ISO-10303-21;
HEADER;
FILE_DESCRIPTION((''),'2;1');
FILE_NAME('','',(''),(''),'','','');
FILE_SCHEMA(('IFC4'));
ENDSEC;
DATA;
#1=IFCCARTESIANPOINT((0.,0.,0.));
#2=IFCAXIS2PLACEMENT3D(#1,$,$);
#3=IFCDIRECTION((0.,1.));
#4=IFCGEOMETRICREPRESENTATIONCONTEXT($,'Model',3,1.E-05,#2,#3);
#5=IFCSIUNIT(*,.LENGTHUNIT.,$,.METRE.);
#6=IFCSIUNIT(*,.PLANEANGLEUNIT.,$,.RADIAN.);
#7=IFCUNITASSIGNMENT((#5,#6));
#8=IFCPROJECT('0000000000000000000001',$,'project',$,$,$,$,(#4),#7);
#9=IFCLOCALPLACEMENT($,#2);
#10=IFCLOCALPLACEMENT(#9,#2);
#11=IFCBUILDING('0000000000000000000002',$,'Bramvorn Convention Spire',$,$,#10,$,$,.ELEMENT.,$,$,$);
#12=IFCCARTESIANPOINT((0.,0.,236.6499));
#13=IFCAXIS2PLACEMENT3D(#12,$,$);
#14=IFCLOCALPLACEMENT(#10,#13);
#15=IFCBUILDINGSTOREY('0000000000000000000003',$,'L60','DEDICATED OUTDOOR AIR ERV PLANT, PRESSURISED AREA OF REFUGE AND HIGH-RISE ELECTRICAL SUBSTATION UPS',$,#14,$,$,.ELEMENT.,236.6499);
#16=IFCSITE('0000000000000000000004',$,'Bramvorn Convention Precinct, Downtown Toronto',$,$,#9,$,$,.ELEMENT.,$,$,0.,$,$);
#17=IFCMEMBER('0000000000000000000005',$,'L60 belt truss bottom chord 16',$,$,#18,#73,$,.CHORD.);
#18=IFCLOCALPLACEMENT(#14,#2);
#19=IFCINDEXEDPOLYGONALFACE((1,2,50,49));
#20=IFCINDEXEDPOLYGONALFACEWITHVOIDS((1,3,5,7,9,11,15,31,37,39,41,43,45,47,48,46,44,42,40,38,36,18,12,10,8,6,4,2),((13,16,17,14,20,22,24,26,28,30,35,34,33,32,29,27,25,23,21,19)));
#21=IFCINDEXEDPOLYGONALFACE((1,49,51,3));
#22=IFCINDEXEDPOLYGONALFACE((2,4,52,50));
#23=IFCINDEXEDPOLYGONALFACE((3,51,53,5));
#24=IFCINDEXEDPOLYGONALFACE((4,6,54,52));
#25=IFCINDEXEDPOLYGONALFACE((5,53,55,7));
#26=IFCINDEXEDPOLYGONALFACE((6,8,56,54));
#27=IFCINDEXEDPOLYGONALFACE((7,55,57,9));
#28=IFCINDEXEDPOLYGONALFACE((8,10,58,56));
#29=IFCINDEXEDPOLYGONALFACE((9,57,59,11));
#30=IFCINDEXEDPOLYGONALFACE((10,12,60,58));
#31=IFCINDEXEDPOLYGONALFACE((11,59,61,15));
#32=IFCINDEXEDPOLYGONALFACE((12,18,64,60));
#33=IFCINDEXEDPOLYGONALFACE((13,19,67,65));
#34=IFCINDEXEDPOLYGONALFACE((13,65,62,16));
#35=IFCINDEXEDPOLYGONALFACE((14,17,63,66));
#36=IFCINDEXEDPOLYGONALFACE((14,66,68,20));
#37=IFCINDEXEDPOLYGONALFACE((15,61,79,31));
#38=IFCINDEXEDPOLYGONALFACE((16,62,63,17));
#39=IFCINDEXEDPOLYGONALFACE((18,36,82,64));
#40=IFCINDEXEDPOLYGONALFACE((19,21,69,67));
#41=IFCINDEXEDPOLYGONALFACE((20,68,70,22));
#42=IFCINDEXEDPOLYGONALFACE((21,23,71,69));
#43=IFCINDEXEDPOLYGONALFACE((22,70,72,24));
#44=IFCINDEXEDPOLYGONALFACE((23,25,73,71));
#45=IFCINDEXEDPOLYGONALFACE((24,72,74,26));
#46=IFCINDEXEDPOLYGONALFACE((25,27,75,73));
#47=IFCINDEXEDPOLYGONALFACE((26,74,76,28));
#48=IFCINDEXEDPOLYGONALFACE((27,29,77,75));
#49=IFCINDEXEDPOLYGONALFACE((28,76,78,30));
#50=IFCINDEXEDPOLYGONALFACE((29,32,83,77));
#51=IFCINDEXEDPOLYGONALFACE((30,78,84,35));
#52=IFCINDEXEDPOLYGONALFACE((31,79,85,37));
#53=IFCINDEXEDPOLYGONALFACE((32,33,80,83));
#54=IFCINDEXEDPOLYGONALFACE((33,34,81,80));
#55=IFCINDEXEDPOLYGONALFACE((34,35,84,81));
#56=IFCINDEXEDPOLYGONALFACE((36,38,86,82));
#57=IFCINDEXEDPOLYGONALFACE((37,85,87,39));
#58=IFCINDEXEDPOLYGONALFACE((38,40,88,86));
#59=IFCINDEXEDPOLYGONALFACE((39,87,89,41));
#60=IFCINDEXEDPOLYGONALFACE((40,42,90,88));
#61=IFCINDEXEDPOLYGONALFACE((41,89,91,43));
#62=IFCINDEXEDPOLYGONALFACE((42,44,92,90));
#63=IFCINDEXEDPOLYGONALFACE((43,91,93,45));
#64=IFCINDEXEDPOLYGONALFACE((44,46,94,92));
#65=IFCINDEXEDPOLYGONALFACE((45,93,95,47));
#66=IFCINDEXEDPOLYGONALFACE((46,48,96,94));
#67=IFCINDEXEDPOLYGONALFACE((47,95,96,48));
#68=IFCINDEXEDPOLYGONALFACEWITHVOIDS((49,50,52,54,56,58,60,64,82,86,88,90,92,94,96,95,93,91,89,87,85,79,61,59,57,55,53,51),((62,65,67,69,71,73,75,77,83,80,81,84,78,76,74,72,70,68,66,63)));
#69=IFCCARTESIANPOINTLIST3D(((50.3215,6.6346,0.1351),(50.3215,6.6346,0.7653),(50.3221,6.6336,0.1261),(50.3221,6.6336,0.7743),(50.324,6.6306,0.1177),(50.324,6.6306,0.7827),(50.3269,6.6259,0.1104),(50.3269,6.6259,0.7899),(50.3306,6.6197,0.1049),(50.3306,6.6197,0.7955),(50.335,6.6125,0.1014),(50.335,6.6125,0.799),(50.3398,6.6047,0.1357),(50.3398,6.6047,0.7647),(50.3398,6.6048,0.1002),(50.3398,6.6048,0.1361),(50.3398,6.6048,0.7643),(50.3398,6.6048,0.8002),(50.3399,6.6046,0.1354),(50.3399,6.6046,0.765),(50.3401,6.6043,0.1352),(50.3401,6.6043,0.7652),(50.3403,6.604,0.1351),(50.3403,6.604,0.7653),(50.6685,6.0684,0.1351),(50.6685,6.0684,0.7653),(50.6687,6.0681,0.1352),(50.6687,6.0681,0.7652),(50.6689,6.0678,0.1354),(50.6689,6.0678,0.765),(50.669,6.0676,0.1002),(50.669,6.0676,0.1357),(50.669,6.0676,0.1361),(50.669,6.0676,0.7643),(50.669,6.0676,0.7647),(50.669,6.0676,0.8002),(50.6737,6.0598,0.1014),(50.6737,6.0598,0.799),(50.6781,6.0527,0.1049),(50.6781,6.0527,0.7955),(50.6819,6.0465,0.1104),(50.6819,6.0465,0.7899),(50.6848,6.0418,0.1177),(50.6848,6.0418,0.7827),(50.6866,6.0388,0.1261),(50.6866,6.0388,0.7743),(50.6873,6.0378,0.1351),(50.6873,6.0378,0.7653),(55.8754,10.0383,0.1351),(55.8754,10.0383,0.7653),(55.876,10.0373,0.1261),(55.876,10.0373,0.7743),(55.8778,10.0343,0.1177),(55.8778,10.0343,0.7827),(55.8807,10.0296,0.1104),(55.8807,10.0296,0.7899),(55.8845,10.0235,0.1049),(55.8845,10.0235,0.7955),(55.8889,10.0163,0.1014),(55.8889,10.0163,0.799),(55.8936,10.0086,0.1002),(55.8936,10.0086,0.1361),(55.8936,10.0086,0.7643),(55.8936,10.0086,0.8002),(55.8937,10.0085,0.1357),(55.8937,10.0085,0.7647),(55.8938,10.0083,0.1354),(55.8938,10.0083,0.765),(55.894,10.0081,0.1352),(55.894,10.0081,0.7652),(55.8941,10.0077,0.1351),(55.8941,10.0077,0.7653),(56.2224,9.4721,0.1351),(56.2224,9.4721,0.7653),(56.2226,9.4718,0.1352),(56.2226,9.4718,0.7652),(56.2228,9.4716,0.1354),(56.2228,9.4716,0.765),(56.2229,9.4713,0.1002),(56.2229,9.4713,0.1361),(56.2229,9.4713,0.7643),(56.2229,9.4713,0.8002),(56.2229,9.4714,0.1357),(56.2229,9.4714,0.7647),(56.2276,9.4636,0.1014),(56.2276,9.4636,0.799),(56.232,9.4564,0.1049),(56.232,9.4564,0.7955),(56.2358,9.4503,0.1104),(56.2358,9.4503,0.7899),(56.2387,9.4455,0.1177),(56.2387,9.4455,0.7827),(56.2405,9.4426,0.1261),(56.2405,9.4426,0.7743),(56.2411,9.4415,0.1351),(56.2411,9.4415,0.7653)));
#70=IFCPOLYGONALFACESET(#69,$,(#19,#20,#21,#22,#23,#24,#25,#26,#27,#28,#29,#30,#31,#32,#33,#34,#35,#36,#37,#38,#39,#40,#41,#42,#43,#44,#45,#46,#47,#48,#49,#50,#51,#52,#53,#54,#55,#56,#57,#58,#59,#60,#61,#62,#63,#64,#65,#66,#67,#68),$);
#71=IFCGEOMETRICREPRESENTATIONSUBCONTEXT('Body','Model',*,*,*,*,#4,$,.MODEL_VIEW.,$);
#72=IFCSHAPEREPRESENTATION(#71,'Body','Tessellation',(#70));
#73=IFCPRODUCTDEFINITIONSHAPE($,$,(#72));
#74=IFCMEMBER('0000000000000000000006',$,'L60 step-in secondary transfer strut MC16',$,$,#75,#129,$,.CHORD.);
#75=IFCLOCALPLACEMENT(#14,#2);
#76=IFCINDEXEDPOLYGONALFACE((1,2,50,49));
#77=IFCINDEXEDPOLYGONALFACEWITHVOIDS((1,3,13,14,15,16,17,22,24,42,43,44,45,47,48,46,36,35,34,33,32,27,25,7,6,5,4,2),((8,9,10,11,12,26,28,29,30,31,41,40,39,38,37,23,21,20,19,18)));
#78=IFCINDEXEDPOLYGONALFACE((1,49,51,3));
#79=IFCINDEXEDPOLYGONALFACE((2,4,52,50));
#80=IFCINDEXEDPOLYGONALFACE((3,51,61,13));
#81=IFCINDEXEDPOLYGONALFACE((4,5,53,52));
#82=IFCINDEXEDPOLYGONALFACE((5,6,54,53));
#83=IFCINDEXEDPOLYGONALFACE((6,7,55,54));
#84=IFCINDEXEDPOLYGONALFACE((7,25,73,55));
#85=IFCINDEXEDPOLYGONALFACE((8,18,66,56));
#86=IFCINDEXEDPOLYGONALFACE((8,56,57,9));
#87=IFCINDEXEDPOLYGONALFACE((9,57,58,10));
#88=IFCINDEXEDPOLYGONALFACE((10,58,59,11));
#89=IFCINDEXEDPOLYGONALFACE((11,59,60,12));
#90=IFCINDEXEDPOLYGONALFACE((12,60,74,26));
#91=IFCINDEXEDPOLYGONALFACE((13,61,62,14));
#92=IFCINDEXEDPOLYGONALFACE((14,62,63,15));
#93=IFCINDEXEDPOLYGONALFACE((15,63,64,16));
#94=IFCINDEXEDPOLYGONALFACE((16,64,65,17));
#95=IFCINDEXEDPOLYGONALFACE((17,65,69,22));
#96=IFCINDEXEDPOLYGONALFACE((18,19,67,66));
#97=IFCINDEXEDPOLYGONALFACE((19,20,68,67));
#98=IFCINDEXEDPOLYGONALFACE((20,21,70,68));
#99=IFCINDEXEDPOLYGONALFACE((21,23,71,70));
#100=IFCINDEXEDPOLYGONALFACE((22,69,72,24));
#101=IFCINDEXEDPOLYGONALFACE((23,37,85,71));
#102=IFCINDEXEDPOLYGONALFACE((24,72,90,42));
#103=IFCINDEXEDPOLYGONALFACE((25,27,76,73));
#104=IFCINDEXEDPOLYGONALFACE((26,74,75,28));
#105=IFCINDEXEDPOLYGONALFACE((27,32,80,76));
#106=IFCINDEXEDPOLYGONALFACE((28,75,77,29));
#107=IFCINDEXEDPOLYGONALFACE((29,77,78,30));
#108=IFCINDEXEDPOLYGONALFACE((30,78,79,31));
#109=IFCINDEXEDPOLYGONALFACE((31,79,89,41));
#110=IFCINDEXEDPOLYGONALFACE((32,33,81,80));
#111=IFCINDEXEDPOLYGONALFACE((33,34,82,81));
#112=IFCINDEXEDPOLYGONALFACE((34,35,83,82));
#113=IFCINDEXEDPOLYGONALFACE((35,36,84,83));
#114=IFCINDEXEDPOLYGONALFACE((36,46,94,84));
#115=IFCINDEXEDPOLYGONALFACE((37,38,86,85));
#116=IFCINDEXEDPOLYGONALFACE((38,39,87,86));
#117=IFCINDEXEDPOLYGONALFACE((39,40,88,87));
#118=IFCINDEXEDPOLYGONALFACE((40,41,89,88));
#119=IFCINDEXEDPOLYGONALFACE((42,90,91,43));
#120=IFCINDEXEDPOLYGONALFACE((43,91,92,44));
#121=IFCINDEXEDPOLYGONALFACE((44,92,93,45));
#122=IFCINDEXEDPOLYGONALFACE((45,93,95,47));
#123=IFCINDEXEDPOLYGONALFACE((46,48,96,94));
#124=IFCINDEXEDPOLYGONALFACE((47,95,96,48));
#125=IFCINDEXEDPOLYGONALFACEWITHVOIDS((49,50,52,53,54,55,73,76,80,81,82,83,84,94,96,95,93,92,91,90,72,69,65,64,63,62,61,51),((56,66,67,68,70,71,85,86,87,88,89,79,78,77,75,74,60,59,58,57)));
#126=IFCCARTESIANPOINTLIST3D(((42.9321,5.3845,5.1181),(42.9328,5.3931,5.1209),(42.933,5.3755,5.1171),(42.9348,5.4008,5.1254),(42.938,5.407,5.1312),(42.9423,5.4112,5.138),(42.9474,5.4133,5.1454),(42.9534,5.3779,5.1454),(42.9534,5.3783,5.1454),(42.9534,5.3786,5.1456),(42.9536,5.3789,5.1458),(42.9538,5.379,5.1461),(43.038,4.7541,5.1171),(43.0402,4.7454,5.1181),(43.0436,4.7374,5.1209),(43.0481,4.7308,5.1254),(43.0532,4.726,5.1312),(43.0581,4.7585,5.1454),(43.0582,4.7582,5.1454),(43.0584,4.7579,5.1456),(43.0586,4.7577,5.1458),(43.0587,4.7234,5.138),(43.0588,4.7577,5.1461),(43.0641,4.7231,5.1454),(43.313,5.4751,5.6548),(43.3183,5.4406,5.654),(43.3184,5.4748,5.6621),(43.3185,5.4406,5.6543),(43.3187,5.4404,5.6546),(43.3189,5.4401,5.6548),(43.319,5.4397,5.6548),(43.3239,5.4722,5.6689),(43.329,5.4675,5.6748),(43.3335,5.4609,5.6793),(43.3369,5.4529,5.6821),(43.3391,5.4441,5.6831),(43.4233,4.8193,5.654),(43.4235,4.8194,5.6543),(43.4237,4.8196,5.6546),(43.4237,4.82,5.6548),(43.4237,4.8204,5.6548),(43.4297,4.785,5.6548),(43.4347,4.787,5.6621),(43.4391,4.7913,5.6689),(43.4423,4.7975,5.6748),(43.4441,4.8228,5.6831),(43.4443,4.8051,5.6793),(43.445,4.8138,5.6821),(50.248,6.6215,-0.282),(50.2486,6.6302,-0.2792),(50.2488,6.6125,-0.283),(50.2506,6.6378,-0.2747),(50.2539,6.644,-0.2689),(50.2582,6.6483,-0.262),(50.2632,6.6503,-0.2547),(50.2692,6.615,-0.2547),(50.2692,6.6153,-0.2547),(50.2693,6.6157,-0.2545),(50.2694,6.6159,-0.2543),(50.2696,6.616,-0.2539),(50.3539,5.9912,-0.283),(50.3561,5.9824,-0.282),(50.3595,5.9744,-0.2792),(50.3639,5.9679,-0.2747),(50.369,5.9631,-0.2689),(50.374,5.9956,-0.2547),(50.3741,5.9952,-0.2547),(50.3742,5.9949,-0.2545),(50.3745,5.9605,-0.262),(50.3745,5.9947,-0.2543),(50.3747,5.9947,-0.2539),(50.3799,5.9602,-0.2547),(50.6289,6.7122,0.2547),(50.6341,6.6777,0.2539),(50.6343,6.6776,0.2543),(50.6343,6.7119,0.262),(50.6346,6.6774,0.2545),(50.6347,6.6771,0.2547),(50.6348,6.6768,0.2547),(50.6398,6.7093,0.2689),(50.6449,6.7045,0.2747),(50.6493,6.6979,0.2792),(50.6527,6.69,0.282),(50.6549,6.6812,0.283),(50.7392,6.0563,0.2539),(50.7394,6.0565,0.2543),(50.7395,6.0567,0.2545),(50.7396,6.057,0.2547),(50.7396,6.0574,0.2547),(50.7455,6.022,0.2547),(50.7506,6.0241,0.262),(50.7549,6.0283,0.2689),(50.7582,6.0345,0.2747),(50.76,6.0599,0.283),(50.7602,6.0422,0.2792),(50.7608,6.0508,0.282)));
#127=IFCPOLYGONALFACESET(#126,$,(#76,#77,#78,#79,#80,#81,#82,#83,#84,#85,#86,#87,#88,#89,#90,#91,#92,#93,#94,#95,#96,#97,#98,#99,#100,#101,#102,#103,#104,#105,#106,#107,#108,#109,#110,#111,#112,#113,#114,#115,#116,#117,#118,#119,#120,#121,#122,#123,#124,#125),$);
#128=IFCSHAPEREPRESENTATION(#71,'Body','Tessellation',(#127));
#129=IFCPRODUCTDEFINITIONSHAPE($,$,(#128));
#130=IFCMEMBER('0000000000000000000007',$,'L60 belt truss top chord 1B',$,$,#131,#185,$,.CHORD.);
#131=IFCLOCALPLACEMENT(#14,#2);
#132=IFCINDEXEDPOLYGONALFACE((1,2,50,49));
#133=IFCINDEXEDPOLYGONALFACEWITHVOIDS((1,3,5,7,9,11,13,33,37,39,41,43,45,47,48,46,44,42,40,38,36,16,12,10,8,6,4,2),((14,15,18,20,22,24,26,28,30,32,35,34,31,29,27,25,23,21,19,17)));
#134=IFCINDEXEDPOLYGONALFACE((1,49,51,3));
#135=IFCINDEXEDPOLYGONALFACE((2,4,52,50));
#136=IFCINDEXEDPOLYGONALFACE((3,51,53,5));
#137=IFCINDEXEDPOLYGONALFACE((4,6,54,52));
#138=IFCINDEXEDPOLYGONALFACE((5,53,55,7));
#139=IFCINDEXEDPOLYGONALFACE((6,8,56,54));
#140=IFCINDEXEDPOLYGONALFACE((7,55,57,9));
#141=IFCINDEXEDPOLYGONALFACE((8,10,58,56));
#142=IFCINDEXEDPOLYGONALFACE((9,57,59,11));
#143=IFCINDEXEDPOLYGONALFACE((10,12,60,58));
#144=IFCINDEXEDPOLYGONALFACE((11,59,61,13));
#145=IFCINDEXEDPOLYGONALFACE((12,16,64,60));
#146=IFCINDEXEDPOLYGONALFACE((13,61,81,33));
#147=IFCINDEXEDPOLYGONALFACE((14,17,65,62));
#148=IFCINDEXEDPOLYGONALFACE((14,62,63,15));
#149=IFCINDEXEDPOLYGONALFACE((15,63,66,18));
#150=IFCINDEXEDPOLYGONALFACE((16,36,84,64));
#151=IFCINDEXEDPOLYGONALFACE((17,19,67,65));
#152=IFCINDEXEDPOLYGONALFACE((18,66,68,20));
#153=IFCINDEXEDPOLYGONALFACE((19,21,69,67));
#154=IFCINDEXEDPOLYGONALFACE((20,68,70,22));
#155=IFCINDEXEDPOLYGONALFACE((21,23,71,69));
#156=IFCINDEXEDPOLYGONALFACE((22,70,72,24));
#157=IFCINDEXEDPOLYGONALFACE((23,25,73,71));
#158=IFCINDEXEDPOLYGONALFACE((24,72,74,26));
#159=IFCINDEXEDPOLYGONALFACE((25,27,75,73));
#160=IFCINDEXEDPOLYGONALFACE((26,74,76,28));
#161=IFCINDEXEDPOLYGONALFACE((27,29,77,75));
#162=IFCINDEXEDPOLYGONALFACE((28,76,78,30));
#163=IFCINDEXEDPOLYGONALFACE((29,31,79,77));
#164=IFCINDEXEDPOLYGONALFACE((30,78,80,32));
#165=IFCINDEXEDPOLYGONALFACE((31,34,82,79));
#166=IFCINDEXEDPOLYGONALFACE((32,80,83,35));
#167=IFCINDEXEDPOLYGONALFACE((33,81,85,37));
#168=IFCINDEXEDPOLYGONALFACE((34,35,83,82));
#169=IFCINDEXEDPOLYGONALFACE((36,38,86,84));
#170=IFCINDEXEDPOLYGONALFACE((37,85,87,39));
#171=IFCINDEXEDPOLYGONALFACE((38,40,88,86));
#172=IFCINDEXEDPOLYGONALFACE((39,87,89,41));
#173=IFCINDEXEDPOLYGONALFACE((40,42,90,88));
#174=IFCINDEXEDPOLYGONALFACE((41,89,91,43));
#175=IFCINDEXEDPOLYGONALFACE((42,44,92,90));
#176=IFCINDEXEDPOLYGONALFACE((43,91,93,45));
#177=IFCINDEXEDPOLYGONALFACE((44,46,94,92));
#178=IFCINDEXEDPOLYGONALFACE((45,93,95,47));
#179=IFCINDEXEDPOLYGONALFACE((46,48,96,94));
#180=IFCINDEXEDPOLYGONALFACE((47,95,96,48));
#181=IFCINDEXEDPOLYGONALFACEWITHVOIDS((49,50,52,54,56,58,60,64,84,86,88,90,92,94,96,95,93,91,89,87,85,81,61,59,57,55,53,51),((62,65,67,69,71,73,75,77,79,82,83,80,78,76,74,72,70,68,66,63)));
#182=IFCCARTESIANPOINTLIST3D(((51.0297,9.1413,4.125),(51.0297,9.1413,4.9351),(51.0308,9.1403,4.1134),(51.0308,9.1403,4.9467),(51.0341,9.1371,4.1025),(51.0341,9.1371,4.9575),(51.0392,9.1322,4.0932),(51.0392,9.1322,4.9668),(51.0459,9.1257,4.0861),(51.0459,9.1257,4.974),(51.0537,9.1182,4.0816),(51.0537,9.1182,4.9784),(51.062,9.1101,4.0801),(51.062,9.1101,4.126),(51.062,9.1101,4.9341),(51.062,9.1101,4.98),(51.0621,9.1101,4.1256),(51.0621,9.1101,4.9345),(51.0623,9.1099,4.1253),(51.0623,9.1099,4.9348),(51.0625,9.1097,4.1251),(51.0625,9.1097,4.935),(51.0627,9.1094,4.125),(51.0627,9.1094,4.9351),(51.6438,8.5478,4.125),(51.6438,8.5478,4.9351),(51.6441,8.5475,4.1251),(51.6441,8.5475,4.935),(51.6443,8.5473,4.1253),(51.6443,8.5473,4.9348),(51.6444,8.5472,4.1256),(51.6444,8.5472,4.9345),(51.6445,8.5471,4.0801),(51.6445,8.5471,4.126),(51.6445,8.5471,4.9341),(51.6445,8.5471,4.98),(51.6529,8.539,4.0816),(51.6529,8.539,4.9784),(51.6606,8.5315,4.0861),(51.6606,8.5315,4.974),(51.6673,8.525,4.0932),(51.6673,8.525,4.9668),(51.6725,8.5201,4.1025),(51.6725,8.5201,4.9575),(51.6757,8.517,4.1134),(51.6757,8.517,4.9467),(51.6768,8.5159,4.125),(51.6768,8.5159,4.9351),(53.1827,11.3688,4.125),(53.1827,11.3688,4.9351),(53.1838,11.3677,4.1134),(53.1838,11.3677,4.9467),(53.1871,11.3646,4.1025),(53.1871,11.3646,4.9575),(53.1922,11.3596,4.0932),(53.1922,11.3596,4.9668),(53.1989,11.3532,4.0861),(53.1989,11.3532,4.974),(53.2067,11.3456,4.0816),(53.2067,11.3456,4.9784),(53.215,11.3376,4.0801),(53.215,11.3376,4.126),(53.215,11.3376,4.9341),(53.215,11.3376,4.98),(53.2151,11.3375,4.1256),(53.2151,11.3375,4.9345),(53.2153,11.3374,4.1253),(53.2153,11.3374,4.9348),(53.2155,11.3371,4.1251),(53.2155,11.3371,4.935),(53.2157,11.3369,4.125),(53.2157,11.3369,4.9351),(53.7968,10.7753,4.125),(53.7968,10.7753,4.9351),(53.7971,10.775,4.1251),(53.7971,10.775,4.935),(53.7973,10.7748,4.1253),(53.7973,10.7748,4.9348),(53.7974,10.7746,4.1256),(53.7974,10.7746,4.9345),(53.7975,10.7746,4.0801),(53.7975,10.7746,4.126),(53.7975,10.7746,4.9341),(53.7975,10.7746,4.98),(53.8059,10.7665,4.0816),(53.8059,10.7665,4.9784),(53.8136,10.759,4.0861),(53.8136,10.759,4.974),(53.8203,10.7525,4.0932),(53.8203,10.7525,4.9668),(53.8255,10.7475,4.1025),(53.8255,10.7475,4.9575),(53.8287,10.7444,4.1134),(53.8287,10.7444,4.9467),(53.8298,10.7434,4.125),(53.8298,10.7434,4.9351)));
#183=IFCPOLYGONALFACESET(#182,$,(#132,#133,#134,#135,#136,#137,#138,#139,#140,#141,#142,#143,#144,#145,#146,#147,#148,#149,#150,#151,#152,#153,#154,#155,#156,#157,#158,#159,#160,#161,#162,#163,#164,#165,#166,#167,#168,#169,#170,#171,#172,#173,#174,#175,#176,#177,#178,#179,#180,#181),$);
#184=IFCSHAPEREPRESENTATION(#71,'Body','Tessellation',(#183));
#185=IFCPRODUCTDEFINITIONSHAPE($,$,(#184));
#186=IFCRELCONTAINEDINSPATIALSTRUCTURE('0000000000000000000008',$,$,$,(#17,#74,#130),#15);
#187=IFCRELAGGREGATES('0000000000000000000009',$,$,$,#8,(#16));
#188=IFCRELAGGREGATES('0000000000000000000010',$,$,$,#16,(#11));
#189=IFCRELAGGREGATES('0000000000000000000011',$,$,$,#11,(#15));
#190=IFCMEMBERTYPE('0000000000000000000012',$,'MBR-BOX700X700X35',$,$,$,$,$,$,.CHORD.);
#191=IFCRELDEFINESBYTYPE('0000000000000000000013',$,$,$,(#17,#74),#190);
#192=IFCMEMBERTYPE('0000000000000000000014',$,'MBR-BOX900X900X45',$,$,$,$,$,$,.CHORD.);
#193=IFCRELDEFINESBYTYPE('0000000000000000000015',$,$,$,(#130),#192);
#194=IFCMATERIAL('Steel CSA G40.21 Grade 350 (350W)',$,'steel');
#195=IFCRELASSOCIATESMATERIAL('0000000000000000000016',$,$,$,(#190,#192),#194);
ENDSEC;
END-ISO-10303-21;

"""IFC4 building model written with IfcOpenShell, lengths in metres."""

from ifc_helpers import new_model, si_unit, direction, frame, origin, origin_2d, place, context, subcontext, project, spatial, hollow_rectangle, extrude, material, material_profile, profile_set, type_object, element, save


model = new_model("IFC4")

# Units and contexts
model_context = context("Model", 3, precision=1e-05, world=origin(), true_north=direction((0.0, 1.0)))
body_context = subcontext(model_context, "Body", "Model", "MODEL_VIEW")
ifc_project = project(units=[si_unit("LENGTHUNIT", "METRE"), si_unit("PLANEANGLEUNIT", "RADIAN")], contexts=[model_context])

# Site, building, storey
site_placement = place(None, origin())
site = spatial("IfcSite", under=ifc_project, at=site_placement, Name="Bramvorn Convention Precinct, Downtown Toronto", CompositionType="ELEMENT", RefElevation=0.0)
building_placement = place(site_placement, origin())
building = spatial("IfcBuilding", under=site, at=building_placement, Name="Bramvorn Convention Spire", CompositionType="ELEMENT")
storey_placement = place(building_placement, frame((0.0, 0.0, 236.6499)))
storey = spatial("IfcBuildingStorey", under=building, at=storey_placement, Name="L60", Description="DEDICATED OUTDOOR AIR ERV PLANT, PRESSURISED AREA OF REFUGE AND HIGH-RISE ELECTRICAL SUBSTATION UPS", CompositionType="ELEMENT", Elevation=236.6499)

# Shared definitions
ifc_material_1 = material(Name="Steel CSA G40.21 Grade 350 (350W)", Category="steel")

# Members
ifc_material_profile_1 = material_profile(ifc_material_1, hollow_rectangle(XDim=0.7, YDim=0.7, WallThickness=0.0349, InnerFilletRadius=0.001, OuterFilletRadius=0.0349, at=origin_2d()))
ifc_profile_set_1 = profile_set([ifc_material_profile_1], Name="Steel CSA G40.21 Grade 350 (350W) - BOX700X700X35")
member_type_1 = type_object("IfcMemberType", Name="MBR-BOX700X700X35", PredefinedType="CHORD", material=ifc_profile_set_1)
member_1_placement = place(storey_placement, frame((50.5044, 6.3362, 0.4502), z_axis=(0.852617, 0.522537, 0.0), x_axis=(-0.522537, 0.852617, 0.0)))
element("IfcMember", 1, at=member_1_placement, inside=storey, type_object=member_type_1, Name="L60 belt truss bottom chord 16", PredefinedType="CHORD", context=body_context, shape_type="SweptSolid", body=[
    extrude(hollow_rectangle(XDim=0.7, YDim=0.7, WallThickness=0.0349, InnerFilletRadius=0.001, OuterFilletRadius=0.0349, at=origin_2d()), origin(), (0.0, 0.0, 1.0), 6.5139),
])
member_2_placement = place(storey_placement, frame((50.5044, 6.3362, 0.0), z_axis=(-0.797215, -0.134802, 0.588453), x_axis=(0.166725, -0.986003, 0.0)))
element("IfcMember", 2, at=member_2_placement, inside=storey, type_object=member_type_1, Name="L60 step-in secondary transfer strut MC16", PredefinedType="CHORD", context=body_context, shape_type="SweptSolid", body=[
    extrude(hollow_rectangle(XDim=0.7, YDim=0.7, WallThickness=0.0349, InnerFilletRadius=0.001, OuterFilletRadius=0.0349, at=origin_2d()), origin(), (0.0, 0.0, 1.0), 9.1768),
])
ifc_material_profile_2 = material_profile(ifc_material_1, hollow_rectangle(XDim=0.8999, YDim=0.8999, WallThickness=0.0449, InnerFilletRadius=0.001, OuterFilletRadius=0.0449, at=origin_2d()))
ifc_profile_set_2 = profile_set([ifc_material_profile_2], Name="Steel CSA G40.21 Grade 350 (350W) - BOX900X900X45")
member_type_2 = type_object("IfcMemberType", Name="MBR-BOX900X900X45", PredefinedType="CHORD", material=ifc_profile_set_2)
member_3_placement = place(storey_placement, frame((51.3533, 8.8286, 4.53), z_axis=(0.694987, 0.719023, 0.0), x_axis=(-0.719023, 0.694987, 0.0)))
element("IfcMember", 3, at=member_3_placement, inside=storey, type_object=member_type_2, Name="L60 belt truss top chord 1B", PredefinedType="CHORD", context=body_context, shape_type="SweptSolid", body=[
    extrude(hollow_rectangle(XDim=0.8999, YDim=0.8999, WallThickness=0.0449, InnerFilletRadius=0.001, OuterFilletRadius=0.0449, at=origin_2d()), origin(), (0.0, 0.0, 1.0), 3.0979),
])

save(model, "model.ifc")
